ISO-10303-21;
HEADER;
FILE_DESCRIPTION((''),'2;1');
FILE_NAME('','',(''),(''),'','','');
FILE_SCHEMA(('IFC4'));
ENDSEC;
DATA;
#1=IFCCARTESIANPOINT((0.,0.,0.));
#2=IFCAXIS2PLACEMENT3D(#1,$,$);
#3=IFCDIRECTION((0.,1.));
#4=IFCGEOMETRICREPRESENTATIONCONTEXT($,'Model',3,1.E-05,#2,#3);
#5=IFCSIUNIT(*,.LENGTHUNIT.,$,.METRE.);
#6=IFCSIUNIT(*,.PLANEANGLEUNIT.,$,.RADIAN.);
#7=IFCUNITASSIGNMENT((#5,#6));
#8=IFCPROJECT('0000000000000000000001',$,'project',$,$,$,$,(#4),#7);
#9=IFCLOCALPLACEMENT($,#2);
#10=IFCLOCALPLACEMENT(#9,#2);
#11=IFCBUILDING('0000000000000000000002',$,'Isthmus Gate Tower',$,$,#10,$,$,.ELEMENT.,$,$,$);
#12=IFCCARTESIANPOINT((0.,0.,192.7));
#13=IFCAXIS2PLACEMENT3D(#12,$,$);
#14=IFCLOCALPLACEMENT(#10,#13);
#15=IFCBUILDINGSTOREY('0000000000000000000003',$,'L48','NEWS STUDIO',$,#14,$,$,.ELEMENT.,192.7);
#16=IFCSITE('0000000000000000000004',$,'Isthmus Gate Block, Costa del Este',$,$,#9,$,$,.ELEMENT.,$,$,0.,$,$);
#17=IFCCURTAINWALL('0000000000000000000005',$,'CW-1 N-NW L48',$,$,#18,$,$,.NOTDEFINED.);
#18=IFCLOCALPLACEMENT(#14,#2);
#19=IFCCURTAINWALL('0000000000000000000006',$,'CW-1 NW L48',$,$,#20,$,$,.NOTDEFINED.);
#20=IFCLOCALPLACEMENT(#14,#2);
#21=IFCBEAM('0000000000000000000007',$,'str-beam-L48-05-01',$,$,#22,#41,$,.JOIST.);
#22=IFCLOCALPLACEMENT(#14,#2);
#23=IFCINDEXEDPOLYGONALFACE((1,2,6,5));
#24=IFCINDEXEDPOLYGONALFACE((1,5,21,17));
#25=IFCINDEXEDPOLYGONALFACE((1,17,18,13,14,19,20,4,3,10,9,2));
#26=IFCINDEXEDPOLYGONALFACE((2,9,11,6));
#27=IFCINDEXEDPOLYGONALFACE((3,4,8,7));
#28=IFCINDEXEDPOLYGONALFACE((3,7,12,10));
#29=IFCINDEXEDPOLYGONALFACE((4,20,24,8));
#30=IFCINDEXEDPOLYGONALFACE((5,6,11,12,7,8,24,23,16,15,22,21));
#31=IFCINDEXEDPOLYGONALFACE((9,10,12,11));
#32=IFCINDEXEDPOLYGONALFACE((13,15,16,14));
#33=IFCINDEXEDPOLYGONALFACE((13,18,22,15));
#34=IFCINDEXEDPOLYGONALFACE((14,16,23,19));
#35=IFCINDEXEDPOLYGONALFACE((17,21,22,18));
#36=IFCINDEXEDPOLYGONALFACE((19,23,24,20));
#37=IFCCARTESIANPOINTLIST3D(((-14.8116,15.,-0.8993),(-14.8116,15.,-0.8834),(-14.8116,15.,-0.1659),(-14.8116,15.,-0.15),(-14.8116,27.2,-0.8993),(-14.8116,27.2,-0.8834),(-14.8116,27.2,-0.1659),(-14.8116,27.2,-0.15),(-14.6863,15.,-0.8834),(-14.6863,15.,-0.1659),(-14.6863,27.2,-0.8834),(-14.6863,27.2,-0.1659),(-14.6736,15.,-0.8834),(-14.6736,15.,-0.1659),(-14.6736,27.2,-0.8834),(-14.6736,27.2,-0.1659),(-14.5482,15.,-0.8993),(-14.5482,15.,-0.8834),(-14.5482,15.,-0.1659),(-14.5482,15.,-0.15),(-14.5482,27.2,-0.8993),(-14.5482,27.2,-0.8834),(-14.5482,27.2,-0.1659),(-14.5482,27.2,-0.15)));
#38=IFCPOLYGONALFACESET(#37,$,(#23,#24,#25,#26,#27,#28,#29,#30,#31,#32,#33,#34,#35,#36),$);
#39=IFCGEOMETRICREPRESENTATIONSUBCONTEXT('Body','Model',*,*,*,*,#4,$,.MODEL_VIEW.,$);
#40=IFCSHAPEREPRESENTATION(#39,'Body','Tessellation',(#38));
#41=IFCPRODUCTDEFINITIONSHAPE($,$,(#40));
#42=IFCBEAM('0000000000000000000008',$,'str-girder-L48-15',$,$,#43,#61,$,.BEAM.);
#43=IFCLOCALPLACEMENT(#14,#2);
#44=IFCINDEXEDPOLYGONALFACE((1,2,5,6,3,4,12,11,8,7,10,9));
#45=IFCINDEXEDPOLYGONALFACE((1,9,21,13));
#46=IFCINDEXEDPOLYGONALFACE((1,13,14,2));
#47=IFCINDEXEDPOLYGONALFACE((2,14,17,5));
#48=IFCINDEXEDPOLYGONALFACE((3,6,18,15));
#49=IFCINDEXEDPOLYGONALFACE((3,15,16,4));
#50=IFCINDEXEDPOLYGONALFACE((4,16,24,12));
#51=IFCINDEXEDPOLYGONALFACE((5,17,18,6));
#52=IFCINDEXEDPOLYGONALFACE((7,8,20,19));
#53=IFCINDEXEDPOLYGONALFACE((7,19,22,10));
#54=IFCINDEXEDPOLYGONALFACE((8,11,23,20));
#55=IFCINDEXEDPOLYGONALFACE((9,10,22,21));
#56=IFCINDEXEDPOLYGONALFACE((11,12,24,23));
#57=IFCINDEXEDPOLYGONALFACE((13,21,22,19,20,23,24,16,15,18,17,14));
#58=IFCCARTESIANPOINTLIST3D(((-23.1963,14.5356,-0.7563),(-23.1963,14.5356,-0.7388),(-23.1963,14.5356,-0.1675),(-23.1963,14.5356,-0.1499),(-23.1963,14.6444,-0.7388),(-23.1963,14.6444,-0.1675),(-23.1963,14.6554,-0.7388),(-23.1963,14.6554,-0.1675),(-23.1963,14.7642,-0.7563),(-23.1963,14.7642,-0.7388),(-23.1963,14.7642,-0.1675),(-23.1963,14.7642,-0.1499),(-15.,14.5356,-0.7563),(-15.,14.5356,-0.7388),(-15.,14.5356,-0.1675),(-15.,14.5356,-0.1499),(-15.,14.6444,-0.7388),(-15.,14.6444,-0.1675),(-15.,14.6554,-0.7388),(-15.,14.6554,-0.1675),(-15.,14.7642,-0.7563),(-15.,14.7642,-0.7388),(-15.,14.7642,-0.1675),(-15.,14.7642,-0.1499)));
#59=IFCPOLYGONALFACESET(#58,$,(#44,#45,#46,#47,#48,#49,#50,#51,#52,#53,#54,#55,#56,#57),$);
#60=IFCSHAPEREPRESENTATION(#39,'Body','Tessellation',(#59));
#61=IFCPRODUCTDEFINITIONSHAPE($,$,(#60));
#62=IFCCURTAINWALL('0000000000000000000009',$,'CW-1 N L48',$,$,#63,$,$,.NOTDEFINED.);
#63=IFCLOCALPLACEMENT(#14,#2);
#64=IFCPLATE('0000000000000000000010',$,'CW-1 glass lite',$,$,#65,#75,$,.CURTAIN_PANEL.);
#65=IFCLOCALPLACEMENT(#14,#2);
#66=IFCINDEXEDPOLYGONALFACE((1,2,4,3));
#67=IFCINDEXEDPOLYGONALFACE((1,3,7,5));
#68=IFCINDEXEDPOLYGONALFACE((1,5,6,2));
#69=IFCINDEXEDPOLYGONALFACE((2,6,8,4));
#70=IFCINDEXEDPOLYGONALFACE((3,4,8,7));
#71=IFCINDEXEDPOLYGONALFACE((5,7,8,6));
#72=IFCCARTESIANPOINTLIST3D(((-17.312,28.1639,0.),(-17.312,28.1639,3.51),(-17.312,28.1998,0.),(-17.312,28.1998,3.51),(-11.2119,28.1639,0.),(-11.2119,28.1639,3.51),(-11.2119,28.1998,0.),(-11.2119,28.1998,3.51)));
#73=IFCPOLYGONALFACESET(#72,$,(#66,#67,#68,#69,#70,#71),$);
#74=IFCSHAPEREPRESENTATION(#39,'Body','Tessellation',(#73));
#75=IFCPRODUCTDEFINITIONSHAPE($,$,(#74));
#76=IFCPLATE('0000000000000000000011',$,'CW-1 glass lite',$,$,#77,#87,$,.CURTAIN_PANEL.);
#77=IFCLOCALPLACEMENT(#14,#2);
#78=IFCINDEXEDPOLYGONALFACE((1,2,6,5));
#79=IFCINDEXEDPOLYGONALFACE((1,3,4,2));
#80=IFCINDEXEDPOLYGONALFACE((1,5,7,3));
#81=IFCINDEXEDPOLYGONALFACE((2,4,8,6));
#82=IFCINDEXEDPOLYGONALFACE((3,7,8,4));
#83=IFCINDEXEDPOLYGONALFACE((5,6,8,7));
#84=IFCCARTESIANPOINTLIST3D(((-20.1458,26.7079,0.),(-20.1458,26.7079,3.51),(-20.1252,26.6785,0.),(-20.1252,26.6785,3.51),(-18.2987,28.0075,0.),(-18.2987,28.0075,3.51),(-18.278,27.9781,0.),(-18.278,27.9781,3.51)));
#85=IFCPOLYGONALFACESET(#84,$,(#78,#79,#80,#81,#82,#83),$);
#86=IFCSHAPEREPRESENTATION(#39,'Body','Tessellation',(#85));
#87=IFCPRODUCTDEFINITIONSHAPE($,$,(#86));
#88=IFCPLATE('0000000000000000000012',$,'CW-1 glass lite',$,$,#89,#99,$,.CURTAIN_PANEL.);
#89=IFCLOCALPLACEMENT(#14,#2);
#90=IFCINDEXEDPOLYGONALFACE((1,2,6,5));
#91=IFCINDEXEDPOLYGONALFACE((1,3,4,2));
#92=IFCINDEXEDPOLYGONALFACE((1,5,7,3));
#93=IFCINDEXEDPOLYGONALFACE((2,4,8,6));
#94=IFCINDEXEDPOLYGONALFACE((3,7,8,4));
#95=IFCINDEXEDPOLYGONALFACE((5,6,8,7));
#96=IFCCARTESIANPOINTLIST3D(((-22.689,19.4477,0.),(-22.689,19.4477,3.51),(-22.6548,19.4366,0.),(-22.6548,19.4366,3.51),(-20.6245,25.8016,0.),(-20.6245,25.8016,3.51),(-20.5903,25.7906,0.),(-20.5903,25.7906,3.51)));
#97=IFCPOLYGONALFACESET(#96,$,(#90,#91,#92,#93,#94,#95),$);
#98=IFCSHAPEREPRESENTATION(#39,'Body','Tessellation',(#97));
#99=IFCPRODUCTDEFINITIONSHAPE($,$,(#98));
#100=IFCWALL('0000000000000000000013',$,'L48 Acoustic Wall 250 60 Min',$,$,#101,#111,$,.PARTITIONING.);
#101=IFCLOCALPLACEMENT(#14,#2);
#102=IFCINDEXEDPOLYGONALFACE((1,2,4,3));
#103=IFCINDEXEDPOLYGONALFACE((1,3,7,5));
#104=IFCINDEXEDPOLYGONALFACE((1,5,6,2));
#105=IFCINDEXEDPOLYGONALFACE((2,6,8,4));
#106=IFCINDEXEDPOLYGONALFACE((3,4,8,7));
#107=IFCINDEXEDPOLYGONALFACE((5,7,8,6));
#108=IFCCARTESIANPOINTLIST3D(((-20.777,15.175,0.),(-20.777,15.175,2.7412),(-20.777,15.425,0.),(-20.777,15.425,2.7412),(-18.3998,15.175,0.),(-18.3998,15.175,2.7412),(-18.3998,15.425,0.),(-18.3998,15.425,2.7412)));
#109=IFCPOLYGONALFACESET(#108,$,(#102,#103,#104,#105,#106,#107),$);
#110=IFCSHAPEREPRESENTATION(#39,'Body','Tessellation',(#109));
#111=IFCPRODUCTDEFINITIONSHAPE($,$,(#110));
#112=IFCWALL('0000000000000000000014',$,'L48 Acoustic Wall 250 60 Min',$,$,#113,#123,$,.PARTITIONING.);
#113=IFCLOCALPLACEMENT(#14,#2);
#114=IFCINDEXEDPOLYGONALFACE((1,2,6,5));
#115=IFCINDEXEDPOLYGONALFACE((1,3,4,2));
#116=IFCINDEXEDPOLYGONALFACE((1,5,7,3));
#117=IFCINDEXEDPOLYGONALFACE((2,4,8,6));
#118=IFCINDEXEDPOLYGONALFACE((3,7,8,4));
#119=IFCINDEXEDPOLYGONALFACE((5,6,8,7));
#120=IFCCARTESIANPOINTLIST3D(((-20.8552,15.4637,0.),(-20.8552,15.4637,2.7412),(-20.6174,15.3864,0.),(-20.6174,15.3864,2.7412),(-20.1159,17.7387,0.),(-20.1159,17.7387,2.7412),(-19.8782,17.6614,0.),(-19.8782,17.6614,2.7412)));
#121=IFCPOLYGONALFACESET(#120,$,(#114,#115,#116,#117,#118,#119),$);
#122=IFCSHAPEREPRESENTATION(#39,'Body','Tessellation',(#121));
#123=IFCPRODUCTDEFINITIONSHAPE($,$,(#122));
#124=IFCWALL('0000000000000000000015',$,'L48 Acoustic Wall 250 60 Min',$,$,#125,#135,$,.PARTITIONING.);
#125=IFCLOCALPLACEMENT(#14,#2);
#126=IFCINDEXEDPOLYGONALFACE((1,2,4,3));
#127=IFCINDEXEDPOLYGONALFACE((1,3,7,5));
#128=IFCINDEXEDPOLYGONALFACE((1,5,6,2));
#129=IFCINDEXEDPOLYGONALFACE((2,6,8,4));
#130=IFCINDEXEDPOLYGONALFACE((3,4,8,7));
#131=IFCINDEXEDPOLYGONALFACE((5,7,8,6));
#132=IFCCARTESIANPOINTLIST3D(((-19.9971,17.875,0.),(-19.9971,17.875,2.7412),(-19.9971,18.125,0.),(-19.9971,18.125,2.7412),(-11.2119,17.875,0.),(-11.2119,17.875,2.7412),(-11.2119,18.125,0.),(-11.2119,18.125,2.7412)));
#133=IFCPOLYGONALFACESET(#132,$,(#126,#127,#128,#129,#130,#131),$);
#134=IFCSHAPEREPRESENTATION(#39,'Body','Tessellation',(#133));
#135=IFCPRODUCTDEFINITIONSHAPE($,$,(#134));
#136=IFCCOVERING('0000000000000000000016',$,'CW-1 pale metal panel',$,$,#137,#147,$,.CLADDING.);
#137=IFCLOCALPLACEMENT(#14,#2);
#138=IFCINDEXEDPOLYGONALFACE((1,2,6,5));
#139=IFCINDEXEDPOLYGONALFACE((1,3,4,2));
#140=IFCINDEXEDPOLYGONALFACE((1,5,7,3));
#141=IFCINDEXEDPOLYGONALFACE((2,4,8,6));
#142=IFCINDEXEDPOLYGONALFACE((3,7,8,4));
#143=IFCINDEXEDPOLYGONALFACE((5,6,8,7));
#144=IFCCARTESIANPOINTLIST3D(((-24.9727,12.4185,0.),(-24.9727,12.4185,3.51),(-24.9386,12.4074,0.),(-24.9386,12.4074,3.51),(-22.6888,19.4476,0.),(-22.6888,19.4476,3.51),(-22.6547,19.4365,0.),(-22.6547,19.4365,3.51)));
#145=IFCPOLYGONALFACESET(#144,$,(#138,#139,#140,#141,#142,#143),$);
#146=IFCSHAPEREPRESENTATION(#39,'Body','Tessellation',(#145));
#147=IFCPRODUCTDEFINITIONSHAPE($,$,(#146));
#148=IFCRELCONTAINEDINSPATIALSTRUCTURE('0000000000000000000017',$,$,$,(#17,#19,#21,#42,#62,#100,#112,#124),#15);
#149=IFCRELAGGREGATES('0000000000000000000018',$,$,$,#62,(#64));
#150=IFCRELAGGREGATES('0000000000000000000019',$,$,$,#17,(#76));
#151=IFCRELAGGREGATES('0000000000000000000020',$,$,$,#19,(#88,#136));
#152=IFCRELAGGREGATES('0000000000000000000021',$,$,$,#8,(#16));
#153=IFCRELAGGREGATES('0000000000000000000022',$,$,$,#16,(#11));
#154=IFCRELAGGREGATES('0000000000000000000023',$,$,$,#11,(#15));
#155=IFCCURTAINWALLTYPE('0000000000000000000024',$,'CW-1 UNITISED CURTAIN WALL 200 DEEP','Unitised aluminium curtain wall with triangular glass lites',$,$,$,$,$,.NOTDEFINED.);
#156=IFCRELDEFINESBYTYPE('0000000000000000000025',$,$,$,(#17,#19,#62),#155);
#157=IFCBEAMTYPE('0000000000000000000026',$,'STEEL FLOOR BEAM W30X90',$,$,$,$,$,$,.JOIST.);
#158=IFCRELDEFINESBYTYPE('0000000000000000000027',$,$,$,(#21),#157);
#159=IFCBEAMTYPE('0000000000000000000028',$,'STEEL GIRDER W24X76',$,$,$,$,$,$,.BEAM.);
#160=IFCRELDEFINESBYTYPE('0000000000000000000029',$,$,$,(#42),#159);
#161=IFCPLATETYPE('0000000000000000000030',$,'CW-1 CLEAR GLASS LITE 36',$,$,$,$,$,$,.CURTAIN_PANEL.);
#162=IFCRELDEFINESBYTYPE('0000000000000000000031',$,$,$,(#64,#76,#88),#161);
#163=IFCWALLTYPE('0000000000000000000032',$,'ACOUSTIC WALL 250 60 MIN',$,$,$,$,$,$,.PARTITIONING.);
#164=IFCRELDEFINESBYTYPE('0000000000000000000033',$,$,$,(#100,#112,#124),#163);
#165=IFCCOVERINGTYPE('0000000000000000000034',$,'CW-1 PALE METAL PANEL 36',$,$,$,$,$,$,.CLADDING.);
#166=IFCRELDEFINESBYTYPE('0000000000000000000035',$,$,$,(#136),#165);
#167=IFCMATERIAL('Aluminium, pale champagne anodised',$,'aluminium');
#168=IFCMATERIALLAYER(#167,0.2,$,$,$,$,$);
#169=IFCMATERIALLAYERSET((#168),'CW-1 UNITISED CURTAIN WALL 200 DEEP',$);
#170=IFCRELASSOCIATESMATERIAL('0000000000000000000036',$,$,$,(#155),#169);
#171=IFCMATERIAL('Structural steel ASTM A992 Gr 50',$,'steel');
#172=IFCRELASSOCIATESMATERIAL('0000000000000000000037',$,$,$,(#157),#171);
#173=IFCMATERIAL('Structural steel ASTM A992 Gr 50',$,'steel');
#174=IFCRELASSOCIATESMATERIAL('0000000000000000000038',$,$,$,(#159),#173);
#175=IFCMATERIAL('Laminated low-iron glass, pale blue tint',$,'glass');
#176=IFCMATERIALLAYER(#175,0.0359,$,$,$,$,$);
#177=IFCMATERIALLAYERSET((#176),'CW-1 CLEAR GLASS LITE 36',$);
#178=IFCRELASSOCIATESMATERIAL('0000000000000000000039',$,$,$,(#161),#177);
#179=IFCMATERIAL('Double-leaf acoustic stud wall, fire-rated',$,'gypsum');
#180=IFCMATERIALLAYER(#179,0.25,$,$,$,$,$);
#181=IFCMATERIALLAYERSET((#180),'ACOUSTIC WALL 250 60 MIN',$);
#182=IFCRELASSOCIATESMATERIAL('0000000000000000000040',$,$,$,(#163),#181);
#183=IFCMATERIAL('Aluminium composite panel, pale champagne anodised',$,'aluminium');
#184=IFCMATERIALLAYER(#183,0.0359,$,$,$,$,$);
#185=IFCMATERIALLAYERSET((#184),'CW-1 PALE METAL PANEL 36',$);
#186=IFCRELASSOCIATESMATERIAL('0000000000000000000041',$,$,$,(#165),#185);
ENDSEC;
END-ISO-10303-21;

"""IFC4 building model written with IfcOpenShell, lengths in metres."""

from ifc_helpers import new_model, si_unit, direction, frame, frame_2d, origin, origin_2d, place, context, subcontext, project, spatial, rectangle, i_section, extrude, material, layer, layer_set, material_profile, profile_set, type_object, element, aggregate, save


model = new_model("IFC4")

# Units and contexts
model_context = context("Model", 3, precision=1e-05, world=origin(), true_north=direction((0.0, 1.0)))
body_context = subcontext(model_context, "Body", "Model", "MODEL_VIEW")
ifc_project = project(units=[si_unit("LENGTHUNIT", "METRE"), si_unit("PLANEANGLEUNIT", "RADIAN")], contexts=[model_context])

# Site, building, storey
site_placement = place(None, origin())
site = spatial("IfcSite", under=ifc_project, at=site_placement, Name="Isthmus Gate Block, Costa del Este", CompositionType="ELEMENT", RefElevation=0.0)
building_placement = place(site_placement, origin())
building = spatial("IfcBuilding", under=site, at=building_placement, Name="Isthmus Gate Tower", CompositionType="ELEMENT")
storey_placement = place(building_placement, frame((0.0, 0.0, 192.7)))
storey = spatial("IfcBuildingStorey", under=building, at=storey_placement, Name="L48", Description="NEWS STUDIO", CompositionType="ELEMENT", Elevation=192.7)

# Curtain walls
ifc_material_1 = material(Name="Aluminium, pale champagne anodised", Category="aluminium")
ifc_layer_1 = layer(ifc_material_1, 0.2)
ifc_layer_set_1 = layer_set([ifc_layer_1], Name="CW-1 UNITISED CURTAIN WALL 200 DEEP")
curtain_wall_type = type_object("IfcCurtainWallType", Name="CW-1 UNITISED CURTAIN WALL 200 DEEP", Description="Unitised aluminium curtain wall with triangular glass lites", PredefinedType="NOTDEFINED", material=ifc_layer_set_1)
curtain_wall_1_placement = place(storey_placement, origin())
curtain_wall_1 = element("IfcCurtainWall", 1, at=curtain_wall_1_placement, inside=storey, type_object=curtain_wall_type, Name="CW-1 N-NW L48", PredefinedType="NOTDEFINED")
curtain_wall_2_placement = place(storey_placement, origin())
curtain_wall_2 = element("IfcCurtainWall", 2, at=curtain_wall_2_placement, inside=storey, type_object=curtain_wall_type, Name="CW-1 NW L48", PredefinedType="NOTDEFINED")

# Beams
ifc_material_2 = material(Name="Structural steel ASTM A992 Gr 50", Category="steel")
ifc_material_profile_1 = material_profile(ifc_material_2, i_section(OverallWidth=0.2634, OverallDepth=0.7493, WebThickness=0.0127, FlangeThickness=0.0159, at=origin_2d()), Name="W30X90")
ifc_profile_set_1 = profile_set([ifc_material_profile_1], Name="Structural steel ASTM A992 Gr 50")
beam_type_1 = type_object("IfcBeamType", Name="STEEL FLOOR BEAM W30X90", PredefinedType="JOIST", material=ifc_profile_set_1)
beam_1_placement = place(storey_placement, frame((-14.6799, 15.0, -0.5247), z_axis=(0.0, 1.0, 0.0), x_axis=(-1.0, 0.0, 0.0)))
element("IfcBeam", 3, at=beam_1_placement, inside=storey, type_object=beam_type_1, Name="str-beam-L48-05-01", PredefinedType="JOIST", context=body_context, shape_type="SweptSolid", body=[
    extrude(i_section(OverallWidth=0.2634, OverallDepth=0.7493, WebThickness=0.0127, FlangeThickness=0.0159, at=origin_2d()), origin(), (0.0, 0.0, 1.0), 12.2),
])
ifc_material_3 = material(Name="Structural steel ASTM A992 Gr 50", Category="steel")
ifc_material_profile_2 = material_profile(ifc_material_3, i_section(OverallWidth=0.2285, OverallDepth=0.6064, WebThickness=0.011, FlangeThickness=0.0176, at=origin_2d()), Name="W24X76")
ifc_profile_set_2 = profile_set([ifc_material_profile_2], Name="Structural steel ASTM A992 Gr 50")
beam_type_2 = type_object("IfcBeamType", Name="STEEL GIRDER W24X76", PredefinedType="BEAM", material=ifc_profile_set_2)
beam_2_placement = place(storey_placement, frame((-15.0, 14.6499, -0.4531), z_axis=(-1.0, 0.0, 0.0), x_axis=(0.0, -1.0, 0.0)))
element("IfcBeam", 4, at=beam_2_placement, inside=storey, type_object=beam_type_2, Name="str-girder-L48-15", PredefinedType="BEAM", context=body_context, shape_type="SweptSolid", body=[
    extrude(i_section(OverallWidth=0.2285, OverallDepth=0.6064, WebThickness=0.011, FlangeThickness=0.0176, at=origin_2d()), origin(), (0.0, 0.0, 1.0), 8.1963),
])

# Curtain wall, plate
curtain_wall_3_placement = place(storey_placement, origin())
curtain_wall_3 = element("IfcCurtainWall", 5, at=curtain_wall_3_placement, inside=storey, type_object=curtain_wall_type, Name="CW-1 N L48", PredefinedType="NOTDEFINED")
ifc_material_4 = material(Name="Laminated low-iron glass, pale blue tint", Category="glass")
ifc_layer_2 = layer(ifc_material_4, 0.0359)
ifc_layer_set_2 = layer_set([ifc_layer_2], Name="CW-1 CLEAR GLASS LITE 36")
plate_type = type_object("IfcPlateType", Name="CW-1 CLEAR GLASS LITE 36", PredefinedType="CURTAIN_PANEL", material=ifc_layer_set_2)
plate_1_placement = place(storey_placement, frame((-14.262, 28.1819, 0.0), z_axis=(0.0, 0.0, 1.0), x_axis=(-1.0, 0.0, 0.0)))
plate_1 = element("IfcPlate", 6, at=plate_1_placement, type_object=plate_type, Name="CW-1 glass lite", PredefinedType="CURTAIN_PANEL", context=body_context, shape_type="SweptSolid", body=[
    extrude(rectangle(XDim=6.1001, YDim=0.0359, at=origin_2d()), origin(), (0.0, 0.0, 1.0), 3.51),
])
aggregate(curtain_wall_3, [plate_1])

# Plates
plate_2_placement = place(storey_placement, frame((-19.2119, 27.343, 0.0), z_axis=(0.0, 0.0, 1.0), x_axis=(-0.81786, -0.575418, 0.0)))
plate_2 = element("IfcPlate", 7, at=plate_2_placement, type_object=plate_type, Name="CW-1 glass lite", PredefinedType="CURTAIN_PANEL", context=body_context, shape_type="SweptSolid", body=[
    extrude(rectangle(XDim=2.2585, YDim=0.0359, at=origin_2d()), origin(), (0.0, 0.0, 1.0), 3.51),
])
aggregate(curtain_wall_1, [plate_2])
plate_3_placement = place(storey_placement, frame((-21.6396, 22.6191, 0.0), z_axis=(0.0, 0.0, 1.0), x_axis=(-0.309017, -0.951057, 0.0)))
plate_3 = element("IfcPlate", 8, at=plate_3_placement, type_object=plate_type, Name="CW-1 glass lite", PredefinedType="CURTAIN_PANEL", context=body_context, shape_type="SweptSolid", body=[
    extrude(rectangle(XDim=6.6809, YDim=0.0359, at=origin_2d()), origin(), (0.0, 0.0, 1.0), 3.51),
])

# Walls
ifc_material_5 = material(Name="Double-leaf acoustic stud wall, fire-rated", Category="gypsum")
ifc_layer_3 = layer(ifc_material_5, 0.25)
ifc_layer_set_3 = layer_set([ifc_layer_3], Name="ACOUSTIC WALL 250 60 MIN")
wall_type = type_object("IfcWallType", Name="ACOUSTIC WALL 250 60 MIN", PredefinedType="PARTITIONING", material=ifc_layer_set_3)
wall_1_placement = place(storey_placement, frame((-18.3999, 15.3, 0.0), z_axis=(0.0, 0.0, 1.0), x_axis=(-1.0, 0.0, 0.0)))
element("IfcWall", 9, at=wall_1_placement, inside=storey, type_object=wall_type, Name="L48 Acoustic Wall 250 60 Min", PredefinedType="PARTITIONING", context=body_context, shape_type="SweptSolid", body=[
    extrude(rectangle(XDim=2.3772, YDim=0.25, at=frame_2d((1.1885, 0.0))), origin(), (0.0, 0.0, 1.0), 2.7412),
])
wall_2_placement = place(storey_placement, frame((-20.7363, 15.425, 0.0), z_axis=(0.0, 0.0, 1.0), x_axis=(0.309054, 0.951045, 0.0)))
element("IfcWall", 10, at=wall_2_placement, inside=storey, type_object=wall_type, Name="L48 Acoustic Wall 250 60 Min", PredefinedType="PARTITIONING", context=body_context, shape_type="SweptSolid", body=[
    extrude(rectangle(XDim=2.3921, YDim=0.25, at=frame_2d((1.196, 0.0))), origin(), (0.0, 0.0, 1.0), 2.7412),
])
wall_3_placement = place(storey_placement, frame((-19.9971, 18.0, 0.0), z_axis=(0.0, 0.0, 1.0), x_axis=(1.0, 0.0, 0.0)))
element("IfcWall", 11, at=wall_3_placement, inside=storey, type_object=wall_type, Name="L48 Acoustic Wall 250 60 Min", PredefinedType="PARTITIONING", context=body_context, shape_type="SweptSolid", body=[
    extrude(rectangle(XDim=8.7852, YDim=0.25, at=frame_2d((4.3926, 0.0))), origin(), (0.0, 0.0, 1.0), 2.7412),
])

# Covering
ifc_material_6 = material(Name="Aluminium composite panel, pale champagne anodised", Category="aluminium")
ifc_layer_4 = layer(ifc_material_6, 0.0359)
ifc_layer_set_4 = layer_set([ifc_layer_4], Name="CW-1 PALE METAL PANEL 36")
covering_type = type_object("IfcCoveringType", Name="CW-1 PALE METAL PANEL 36", PredefinedType="CLADDING", material=ifc_layer_set_4)
covering_placement = place(storey_placement, frame((-23.8137, 15.9275, 0.0), z_axis=(0.0, 0.0, 1.0), x_axis=(-0.309017, -0.951057, 0.0)))
covering = element("IfcCovering", 12, at=covering_placement, type_object=covering_type, Name="CW-1 pale metal panel", PredefinedType="CLADDING", context=body_context, shape_type="SweptSolid", body=[
    extrude(rectangle(XDim=7.3909, YDim=0.0359, at=origin_2d()), origin(), (0.0, 0.0, 1.0), 3.51),
])
aggregate(curtain_wall_2, [plate_3, covering])

save(model, "model.ifc")
